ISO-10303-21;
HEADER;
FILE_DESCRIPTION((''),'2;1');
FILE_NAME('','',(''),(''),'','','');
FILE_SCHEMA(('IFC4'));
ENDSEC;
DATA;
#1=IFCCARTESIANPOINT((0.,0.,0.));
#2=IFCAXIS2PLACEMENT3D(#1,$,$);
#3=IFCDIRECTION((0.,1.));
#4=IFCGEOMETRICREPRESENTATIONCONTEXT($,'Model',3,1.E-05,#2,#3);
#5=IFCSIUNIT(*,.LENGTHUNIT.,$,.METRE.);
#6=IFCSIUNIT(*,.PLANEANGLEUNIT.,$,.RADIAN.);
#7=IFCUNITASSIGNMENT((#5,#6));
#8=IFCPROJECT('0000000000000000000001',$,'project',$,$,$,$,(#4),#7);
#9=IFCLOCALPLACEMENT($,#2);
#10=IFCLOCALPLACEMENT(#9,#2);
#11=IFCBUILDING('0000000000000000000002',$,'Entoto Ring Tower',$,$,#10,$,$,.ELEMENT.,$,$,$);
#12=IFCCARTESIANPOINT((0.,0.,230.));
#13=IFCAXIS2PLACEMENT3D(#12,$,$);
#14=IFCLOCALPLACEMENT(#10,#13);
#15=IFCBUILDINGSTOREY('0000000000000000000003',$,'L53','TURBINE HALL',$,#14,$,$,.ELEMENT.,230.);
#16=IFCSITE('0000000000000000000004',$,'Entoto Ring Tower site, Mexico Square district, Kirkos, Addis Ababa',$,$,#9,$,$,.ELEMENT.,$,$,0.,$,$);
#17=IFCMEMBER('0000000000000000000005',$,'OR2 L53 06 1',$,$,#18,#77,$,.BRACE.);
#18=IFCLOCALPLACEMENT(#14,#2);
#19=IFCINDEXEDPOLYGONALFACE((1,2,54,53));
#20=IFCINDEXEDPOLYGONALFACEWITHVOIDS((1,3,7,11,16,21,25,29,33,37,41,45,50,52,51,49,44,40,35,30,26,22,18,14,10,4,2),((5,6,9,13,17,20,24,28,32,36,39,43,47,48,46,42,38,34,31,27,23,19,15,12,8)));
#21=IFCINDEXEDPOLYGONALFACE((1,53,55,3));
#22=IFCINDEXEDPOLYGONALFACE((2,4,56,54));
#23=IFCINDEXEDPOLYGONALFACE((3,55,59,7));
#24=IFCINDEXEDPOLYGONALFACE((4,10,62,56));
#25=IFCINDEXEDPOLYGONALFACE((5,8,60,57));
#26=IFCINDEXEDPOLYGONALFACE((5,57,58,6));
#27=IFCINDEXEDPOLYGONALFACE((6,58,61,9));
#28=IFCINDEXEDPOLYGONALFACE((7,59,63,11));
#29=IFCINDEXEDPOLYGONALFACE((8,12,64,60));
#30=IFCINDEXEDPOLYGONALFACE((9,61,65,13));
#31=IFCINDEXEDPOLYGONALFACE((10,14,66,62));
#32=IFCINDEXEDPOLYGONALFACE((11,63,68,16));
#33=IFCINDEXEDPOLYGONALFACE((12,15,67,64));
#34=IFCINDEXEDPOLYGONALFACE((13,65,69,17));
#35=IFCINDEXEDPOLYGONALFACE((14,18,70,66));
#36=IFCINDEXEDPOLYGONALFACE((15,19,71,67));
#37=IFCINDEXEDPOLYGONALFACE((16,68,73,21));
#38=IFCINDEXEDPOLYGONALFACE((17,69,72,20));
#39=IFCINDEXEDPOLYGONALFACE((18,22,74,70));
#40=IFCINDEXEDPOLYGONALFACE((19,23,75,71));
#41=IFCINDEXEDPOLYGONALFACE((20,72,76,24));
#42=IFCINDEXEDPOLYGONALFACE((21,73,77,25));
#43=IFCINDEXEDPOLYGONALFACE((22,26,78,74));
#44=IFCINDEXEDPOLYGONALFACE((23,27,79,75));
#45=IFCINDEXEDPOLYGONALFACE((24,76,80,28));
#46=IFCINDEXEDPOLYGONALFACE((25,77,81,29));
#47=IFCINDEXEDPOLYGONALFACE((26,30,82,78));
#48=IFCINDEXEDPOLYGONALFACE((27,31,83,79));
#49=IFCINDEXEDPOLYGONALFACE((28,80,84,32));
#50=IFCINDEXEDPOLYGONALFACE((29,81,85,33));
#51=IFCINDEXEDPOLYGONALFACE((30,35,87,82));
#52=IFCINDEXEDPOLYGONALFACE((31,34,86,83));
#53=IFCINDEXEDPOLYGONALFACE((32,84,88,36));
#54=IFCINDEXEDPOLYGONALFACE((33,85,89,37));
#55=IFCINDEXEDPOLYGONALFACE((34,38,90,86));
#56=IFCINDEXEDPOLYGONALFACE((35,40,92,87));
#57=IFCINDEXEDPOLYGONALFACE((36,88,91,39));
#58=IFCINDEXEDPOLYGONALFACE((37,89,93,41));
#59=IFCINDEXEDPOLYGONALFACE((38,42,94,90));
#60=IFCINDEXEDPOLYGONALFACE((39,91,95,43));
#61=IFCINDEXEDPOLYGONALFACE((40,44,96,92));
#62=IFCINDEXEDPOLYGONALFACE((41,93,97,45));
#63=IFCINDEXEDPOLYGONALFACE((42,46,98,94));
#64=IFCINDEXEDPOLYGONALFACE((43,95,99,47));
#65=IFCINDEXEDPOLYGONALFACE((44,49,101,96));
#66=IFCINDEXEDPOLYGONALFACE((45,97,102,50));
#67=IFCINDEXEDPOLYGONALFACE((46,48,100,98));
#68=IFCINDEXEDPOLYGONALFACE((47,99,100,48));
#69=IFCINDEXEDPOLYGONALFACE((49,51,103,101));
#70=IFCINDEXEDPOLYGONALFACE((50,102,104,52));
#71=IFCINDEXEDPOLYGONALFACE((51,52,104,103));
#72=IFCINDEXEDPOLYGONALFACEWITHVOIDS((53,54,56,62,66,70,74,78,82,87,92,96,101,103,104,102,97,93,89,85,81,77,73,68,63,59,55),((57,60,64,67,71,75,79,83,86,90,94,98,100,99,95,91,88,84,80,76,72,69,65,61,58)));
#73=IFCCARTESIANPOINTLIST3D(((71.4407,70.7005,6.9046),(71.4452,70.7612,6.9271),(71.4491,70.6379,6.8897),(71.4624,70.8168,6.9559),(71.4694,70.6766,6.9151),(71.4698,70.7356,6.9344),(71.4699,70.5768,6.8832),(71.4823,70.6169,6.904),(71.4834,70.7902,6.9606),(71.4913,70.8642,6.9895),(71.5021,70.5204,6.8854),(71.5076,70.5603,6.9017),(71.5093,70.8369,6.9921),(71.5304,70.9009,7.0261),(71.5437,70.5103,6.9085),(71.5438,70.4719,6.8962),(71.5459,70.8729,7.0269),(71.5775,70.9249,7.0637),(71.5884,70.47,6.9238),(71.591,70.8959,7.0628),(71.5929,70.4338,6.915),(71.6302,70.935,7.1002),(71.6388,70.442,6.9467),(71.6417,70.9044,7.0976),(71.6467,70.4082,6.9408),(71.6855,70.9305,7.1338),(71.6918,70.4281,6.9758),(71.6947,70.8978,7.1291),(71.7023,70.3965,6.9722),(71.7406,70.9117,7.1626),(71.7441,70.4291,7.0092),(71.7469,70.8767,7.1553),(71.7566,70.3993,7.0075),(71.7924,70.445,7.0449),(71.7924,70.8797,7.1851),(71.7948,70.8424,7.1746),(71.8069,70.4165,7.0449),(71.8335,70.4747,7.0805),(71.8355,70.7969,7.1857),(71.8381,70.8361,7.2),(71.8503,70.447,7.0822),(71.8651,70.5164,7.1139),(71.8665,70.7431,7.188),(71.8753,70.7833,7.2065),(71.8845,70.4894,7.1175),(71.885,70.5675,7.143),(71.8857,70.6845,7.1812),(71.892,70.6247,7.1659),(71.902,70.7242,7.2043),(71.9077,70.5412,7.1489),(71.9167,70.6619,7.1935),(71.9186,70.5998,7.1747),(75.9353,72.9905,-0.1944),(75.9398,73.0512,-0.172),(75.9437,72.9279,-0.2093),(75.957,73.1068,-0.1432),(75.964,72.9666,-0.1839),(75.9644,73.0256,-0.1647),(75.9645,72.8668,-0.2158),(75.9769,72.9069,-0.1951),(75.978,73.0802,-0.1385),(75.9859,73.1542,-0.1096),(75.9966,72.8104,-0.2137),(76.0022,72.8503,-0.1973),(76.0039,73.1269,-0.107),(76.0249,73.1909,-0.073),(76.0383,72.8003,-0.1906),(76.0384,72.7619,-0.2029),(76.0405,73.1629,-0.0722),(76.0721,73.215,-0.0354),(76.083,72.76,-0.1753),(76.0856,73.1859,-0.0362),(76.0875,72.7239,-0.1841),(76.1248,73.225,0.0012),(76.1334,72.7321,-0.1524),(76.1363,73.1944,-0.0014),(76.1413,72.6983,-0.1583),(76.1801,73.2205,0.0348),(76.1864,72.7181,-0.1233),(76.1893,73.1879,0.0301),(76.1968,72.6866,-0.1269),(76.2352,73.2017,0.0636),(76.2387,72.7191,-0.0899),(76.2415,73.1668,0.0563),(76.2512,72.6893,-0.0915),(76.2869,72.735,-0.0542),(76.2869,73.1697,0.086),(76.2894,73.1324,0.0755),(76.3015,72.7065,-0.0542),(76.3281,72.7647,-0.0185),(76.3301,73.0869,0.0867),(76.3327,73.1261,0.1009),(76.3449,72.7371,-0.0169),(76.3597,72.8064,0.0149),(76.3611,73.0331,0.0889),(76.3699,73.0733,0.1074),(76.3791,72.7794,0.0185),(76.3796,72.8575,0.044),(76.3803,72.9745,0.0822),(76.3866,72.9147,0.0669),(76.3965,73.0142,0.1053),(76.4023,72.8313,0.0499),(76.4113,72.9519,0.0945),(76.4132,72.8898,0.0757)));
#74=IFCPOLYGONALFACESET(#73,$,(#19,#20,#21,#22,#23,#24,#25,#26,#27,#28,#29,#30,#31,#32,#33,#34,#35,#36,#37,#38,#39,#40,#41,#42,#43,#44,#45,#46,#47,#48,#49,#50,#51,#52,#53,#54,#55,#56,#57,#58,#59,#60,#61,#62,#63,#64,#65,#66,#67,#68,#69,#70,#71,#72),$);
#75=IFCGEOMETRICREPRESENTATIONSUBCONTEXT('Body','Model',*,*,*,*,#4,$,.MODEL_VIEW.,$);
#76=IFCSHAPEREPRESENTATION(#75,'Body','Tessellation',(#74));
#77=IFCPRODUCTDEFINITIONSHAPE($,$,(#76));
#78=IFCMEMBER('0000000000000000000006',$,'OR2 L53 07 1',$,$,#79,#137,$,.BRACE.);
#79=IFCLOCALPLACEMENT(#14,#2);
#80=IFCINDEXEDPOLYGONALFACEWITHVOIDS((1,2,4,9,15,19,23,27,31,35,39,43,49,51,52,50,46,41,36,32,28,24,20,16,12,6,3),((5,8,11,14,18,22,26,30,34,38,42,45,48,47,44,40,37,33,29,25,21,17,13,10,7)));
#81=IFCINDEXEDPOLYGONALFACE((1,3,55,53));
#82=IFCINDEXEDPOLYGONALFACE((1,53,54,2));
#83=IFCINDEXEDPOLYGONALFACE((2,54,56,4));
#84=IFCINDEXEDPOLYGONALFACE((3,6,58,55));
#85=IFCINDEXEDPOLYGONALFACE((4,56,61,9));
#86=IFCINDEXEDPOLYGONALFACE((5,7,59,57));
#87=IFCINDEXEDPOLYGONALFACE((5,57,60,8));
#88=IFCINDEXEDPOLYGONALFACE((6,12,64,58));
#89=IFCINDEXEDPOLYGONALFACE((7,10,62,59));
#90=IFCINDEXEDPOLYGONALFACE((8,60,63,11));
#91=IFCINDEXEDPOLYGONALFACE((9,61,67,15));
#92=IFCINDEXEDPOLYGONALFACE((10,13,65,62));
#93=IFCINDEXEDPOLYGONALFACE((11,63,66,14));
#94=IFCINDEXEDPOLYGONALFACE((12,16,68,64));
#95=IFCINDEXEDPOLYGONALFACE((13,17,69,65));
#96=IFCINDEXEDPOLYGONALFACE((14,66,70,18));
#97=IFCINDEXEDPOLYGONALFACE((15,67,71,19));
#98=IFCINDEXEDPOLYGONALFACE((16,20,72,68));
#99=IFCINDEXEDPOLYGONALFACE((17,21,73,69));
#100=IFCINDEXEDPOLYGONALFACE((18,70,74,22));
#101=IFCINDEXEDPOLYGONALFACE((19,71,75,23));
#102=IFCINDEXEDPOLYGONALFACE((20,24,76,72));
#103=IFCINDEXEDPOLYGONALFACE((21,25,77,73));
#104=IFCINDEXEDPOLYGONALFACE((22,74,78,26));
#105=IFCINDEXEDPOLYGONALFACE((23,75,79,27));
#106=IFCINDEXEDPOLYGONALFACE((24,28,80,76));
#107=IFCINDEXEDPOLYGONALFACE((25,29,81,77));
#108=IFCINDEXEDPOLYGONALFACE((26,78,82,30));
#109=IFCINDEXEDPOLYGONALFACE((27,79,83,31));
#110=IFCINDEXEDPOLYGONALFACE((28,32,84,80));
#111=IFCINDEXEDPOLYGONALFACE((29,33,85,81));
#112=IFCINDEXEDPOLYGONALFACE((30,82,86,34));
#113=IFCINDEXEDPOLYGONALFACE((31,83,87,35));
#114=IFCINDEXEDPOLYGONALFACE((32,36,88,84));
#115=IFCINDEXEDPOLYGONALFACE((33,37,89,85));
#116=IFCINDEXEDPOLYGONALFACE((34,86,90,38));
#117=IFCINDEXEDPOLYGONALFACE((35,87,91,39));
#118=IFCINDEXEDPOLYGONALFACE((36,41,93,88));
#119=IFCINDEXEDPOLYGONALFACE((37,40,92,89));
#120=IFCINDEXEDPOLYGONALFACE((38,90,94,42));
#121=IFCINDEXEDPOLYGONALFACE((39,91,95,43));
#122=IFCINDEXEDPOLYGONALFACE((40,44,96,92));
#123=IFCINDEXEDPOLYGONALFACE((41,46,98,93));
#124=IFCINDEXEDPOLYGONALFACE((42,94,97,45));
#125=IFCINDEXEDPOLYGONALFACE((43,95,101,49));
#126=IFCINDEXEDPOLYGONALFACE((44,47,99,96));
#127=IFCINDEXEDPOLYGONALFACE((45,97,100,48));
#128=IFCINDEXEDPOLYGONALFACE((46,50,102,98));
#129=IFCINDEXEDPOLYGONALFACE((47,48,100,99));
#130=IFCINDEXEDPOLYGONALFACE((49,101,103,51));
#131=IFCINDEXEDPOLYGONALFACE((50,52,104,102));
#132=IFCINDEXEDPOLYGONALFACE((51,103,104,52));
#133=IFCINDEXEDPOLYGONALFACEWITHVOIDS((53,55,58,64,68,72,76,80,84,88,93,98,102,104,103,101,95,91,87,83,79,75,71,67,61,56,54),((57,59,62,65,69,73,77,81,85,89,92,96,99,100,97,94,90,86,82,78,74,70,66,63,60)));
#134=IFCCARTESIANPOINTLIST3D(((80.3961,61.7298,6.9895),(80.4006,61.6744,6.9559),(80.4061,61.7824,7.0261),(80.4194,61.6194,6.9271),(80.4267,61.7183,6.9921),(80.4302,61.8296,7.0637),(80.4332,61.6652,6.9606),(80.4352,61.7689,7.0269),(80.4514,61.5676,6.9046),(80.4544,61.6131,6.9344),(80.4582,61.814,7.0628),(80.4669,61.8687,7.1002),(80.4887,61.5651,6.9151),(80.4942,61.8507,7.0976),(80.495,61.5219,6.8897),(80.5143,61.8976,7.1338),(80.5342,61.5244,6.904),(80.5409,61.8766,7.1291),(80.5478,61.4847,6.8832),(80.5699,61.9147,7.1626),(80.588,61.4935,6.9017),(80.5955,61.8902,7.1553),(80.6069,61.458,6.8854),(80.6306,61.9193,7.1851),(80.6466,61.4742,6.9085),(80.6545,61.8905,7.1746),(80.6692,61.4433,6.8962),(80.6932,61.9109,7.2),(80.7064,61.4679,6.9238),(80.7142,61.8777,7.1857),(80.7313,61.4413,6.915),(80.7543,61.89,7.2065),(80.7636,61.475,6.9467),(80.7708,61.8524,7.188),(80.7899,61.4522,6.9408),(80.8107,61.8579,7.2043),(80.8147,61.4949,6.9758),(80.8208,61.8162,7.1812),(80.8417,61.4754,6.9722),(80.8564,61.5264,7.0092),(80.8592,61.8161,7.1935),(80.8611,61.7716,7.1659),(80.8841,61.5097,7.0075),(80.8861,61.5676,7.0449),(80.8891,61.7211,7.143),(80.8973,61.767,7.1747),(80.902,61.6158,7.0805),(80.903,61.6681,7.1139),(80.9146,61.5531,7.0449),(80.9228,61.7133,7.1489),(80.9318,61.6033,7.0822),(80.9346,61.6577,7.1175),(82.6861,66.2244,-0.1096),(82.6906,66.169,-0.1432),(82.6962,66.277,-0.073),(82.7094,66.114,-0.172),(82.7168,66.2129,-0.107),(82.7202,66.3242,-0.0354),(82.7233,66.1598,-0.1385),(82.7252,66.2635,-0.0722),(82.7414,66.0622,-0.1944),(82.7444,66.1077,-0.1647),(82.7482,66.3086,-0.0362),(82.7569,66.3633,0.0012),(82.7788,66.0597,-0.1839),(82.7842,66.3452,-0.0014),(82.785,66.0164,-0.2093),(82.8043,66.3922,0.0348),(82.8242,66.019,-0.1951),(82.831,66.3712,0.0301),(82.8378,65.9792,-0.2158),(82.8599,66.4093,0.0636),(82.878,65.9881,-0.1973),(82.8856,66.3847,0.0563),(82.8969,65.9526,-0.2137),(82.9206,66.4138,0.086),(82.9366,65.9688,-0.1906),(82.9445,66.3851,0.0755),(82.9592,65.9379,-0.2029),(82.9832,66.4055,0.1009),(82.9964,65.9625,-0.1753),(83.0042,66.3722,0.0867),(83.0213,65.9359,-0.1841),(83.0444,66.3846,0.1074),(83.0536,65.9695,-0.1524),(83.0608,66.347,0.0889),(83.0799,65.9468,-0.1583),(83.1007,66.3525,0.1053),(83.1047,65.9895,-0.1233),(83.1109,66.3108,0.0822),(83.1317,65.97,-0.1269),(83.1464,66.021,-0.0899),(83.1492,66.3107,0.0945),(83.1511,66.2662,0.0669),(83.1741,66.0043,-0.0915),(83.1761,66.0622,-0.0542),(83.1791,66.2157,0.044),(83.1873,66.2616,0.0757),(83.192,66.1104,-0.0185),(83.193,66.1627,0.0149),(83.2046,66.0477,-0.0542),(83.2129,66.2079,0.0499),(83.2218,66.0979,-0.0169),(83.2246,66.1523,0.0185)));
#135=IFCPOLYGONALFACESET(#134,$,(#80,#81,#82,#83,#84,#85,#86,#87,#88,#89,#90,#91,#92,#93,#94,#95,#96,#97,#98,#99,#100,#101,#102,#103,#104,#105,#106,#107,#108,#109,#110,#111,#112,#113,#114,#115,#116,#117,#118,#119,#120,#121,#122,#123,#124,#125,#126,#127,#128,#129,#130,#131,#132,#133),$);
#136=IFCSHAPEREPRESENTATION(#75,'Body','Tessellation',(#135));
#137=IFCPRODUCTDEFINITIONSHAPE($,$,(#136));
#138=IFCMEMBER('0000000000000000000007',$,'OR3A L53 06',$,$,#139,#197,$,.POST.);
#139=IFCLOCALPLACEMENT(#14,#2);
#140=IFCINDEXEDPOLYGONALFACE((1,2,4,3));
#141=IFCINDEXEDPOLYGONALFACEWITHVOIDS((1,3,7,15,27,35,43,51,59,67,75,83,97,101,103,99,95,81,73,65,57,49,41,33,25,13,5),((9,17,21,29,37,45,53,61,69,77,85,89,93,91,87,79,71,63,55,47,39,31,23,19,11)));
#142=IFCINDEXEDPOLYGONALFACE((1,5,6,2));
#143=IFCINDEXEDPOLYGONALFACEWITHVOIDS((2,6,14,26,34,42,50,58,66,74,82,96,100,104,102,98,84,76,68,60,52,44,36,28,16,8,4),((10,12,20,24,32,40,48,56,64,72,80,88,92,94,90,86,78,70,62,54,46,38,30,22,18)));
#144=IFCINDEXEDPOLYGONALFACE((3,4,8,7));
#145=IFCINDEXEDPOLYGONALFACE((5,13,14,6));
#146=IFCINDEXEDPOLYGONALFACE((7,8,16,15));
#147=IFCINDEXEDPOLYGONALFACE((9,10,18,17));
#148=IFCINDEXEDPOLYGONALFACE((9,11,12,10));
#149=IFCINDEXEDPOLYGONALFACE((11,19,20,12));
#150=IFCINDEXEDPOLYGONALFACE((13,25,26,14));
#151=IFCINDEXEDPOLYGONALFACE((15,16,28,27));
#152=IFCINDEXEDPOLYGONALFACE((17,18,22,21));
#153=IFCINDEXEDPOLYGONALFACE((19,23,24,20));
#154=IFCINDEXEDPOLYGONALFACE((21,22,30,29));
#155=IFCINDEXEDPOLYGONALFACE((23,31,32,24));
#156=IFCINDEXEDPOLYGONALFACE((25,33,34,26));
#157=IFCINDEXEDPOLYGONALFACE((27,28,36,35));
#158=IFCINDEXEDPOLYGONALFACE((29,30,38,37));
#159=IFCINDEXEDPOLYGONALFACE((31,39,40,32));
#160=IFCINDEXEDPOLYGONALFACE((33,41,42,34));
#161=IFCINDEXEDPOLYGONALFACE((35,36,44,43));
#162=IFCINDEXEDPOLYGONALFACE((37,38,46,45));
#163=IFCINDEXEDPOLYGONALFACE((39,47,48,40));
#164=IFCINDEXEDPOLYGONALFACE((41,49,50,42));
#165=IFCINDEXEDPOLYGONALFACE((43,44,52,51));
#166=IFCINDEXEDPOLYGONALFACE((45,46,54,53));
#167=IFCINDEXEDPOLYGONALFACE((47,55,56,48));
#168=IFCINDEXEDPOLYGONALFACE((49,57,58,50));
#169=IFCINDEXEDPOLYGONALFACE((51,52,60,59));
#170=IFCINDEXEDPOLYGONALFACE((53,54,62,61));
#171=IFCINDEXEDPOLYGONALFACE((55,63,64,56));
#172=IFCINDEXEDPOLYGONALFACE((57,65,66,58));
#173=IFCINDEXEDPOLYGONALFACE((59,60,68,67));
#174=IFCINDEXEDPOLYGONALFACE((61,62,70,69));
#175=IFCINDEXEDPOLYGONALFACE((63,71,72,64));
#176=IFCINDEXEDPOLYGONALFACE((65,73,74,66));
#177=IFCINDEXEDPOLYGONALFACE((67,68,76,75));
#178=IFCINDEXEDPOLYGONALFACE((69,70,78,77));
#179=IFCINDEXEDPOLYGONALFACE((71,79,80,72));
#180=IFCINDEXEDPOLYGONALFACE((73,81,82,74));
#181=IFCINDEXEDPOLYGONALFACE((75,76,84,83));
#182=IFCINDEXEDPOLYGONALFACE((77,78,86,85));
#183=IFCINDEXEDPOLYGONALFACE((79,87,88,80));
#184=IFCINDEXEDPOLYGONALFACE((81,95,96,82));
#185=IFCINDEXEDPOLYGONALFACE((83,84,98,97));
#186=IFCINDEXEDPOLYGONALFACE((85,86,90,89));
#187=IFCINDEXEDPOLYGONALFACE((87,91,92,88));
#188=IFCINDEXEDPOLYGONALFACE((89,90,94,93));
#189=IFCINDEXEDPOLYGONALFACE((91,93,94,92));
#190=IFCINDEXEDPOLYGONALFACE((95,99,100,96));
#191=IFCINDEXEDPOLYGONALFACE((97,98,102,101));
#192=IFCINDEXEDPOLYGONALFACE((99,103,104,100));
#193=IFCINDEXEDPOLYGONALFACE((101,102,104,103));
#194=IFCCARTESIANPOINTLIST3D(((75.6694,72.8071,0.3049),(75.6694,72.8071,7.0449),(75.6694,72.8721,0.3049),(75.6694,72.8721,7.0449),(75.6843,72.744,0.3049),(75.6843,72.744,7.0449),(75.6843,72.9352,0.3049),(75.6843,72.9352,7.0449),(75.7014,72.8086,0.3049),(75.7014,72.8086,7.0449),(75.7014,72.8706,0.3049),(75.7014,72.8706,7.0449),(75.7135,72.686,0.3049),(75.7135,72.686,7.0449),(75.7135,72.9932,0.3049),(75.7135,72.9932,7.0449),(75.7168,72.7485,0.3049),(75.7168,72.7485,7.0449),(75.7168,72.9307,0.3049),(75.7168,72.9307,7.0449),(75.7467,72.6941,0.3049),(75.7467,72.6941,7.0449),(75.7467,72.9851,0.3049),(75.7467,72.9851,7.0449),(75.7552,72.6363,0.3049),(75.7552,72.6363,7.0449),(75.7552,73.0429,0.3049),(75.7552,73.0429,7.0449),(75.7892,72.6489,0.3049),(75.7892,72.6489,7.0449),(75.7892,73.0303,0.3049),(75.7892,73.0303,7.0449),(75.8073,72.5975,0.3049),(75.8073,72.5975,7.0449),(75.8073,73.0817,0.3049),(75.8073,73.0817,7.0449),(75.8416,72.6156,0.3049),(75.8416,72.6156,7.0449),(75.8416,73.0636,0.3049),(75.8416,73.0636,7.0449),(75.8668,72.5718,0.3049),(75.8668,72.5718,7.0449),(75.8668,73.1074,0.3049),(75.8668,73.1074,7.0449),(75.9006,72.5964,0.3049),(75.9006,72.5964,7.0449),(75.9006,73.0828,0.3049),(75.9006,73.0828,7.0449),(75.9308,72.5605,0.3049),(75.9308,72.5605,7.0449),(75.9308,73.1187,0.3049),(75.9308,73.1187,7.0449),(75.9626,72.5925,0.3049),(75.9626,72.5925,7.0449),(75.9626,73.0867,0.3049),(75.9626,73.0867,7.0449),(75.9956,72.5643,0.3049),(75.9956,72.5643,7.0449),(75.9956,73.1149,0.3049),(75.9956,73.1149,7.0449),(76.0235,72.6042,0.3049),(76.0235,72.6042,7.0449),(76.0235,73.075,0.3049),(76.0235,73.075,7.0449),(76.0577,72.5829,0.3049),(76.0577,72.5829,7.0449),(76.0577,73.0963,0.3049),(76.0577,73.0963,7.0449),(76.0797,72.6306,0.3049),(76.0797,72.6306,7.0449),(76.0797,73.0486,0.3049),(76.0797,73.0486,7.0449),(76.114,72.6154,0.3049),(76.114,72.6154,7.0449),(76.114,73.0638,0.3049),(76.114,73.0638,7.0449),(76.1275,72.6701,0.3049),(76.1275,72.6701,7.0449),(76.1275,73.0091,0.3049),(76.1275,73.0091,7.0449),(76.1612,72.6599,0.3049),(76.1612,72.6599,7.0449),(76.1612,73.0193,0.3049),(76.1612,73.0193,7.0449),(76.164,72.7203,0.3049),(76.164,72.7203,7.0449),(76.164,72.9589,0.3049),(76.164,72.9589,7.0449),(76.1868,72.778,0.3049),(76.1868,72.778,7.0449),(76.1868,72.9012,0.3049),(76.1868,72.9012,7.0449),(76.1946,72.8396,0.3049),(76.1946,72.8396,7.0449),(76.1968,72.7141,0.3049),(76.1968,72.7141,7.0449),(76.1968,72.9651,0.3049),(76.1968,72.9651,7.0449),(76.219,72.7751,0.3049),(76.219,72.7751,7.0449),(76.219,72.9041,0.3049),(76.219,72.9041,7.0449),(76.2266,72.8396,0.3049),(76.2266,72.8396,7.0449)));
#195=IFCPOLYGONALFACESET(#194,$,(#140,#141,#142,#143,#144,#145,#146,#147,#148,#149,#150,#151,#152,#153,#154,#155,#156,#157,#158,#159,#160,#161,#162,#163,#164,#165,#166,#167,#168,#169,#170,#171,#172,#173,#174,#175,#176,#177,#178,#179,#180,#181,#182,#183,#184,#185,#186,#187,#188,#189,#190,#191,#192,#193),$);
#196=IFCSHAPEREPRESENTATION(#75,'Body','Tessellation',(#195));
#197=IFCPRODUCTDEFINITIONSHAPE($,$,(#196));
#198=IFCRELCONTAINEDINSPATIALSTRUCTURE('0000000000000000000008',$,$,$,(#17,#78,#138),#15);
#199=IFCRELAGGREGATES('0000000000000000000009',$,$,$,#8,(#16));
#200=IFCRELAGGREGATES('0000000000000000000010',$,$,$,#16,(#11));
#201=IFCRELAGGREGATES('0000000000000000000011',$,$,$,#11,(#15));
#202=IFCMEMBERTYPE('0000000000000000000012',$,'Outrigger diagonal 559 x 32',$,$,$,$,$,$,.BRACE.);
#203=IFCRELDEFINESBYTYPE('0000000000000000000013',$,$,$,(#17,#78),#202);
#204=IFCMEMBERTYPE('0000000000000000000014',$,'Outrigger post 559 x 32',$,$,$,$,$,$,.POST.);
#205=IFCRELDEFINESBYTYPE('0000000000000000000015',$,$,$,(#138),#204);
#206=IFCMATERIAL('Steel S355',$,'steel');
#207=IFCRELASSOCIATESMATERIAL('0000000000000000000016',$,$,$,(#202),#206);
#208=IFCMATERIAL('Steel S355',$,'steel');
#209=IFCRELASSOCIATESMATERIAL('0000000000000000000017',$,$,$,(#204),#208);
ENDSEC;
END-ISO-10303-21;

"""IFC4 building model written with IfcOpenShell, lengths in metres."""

from ifc_helpers import new_model, si_unit, direction, frame, origin, origin_2d, place, context, subcontext, project, spatial, circle, hollow_circle, extrude, material, material_profile, profile_set, type_object, element, save


model = new_model("IFC4")

# Units and contexts
model_context = context("Model", 3, precision=1e-05, world=origin(), true_north=direction((0.0, 1.0)))
body_context = subcontext(model_context, "Body", "Model", "MODEL_VIEW")
ifc_project = project(units=[si_unit("LENGTHUNIT", "METRE"), si_unit("PLANEANGLEUNIT", "RADIAN")], contexts=[model_context])

# Site, building, storey
site_placement = place(None, origin())
site = spatial("IfcSite", under=ifc_project, at=site_placement, Name="Entoto Ring Tower site, Mexico Square district, Kirkos, Addis Ababa", CompositionType="ELEMENT", RefElevation=0.0)
building_placement = place(site_placement, origin())
building = spatial("IfcBuilding", under=site, at=building_placement, Name="Entoto Ring Tower", CompositionType="ELEMENT")
storey_placement = place(building_placement, frame((0.0, 0.0, 230.0)))
storey = spatial("IfcBuildingStorey", under=building, at=storey_placement, Name="L53", Description="TURBINE HALL", CompositionType="ELEMENT", Elevation=230.0)

# Members
ifc_material_1 = material(Name="Steel S355", Category="steel")
ifc_material_profile_1 = material_profile(ifc_material_1, hollow_circle(Radius=0.2795, WallThickness=0.032, at=origin_2d()), Name="CHS 559 x 32")
ifc_material_2 = material(Name="Concrete C60/75", Category="concrete")
ifc_material_profile_2 = material_profile(ifc_material_2, circle(Radius=0.2476, at=origin_2d()), Name="Concrete C60/75 infill")
ifc_profile_set_1 = profile_set([ifc_material_profile_1, ifc_material_profile_2], Name="Steel S355")
member_type_1 = type_object("IfcMemberType", Name="Outrigger diagonal 559 x 32", PredefinedType="BRACE", material=ifc_profile_set_1)
for number, where, z_axis, x_axis, name in (
    (1, (76.1746, 72.9556, -0.0542), (-0.516101, -0.262956, 0.815165), (0.453977, -0.891014, 0.0), "OR2 L53 06 1"),
    (2, (82.9556, 66.1746, -0.0542), (-0.262956, -0.516101, 0.815165), (0.891014, -0.453977, 0.0), "OR2 L53 07 1"),
):
    element("IfcMember", number, at=place(storey_placement, frame(where, z_axis=z_axis, x_axis=x_axis)), inside=storey, type_object=member_type_1, Name=name, PredefinedType="BRACE", context=body_context, shape_type="SweptSolid", body=[
        extrude(hollow_circle(Radius=0.2795, WallThickness=0.032, at=origin_2d()), origin(), (0.0, 0.0, 1.0), 8.7087),
    ])
ifc_material_3 = material(Name="Steel S355", Category="steel")
ifc_material_profile_3 = material_profile(ifc_material_3, hollow_circle(Radius=0.2795, WallThickness=0.032, at=origin_2d()), Name="CHS 559 x 32")
ifc_material_4 = material(Name="Concrete C60/75", Category="concrete")
ifc_material_profile_4 = material_profile(ifc_material_4, circle(Radius=0.2476, at=origin_2d()), Name="Concrete C60/75 infill")
ifc_profile_set_2 = profile_set([ifc_material_profile_3, ifc_material_profile_4], Name="Steel S355")
member_type_2 = type_object("IfcMemberType", Name="Outrigger post 559 x 32", PredefinedType="POST", material=ifc_profile_set_2)
member_placement = place(storey_placement, frame((75.947, 72.8396, 0.3049), z_axis=(0.0, 0.0, 1.0), x_axis=(1.0, 0.0, 0.0)))
element("IfcMember", 3, at=member_placement, inside=storey, type_object=member_type_2, Name="OR3A L53 06", PredefinedType="POST", context=body_context, shape_type="SweptSolid", body=[
    extrude(hollow_circle(Radius=0.2795, WallThickness=0.032, at=origin_2d()), origin(), (0.0, 0.0, 1.0), 6.74),
])

save(model, "model.ifc")
